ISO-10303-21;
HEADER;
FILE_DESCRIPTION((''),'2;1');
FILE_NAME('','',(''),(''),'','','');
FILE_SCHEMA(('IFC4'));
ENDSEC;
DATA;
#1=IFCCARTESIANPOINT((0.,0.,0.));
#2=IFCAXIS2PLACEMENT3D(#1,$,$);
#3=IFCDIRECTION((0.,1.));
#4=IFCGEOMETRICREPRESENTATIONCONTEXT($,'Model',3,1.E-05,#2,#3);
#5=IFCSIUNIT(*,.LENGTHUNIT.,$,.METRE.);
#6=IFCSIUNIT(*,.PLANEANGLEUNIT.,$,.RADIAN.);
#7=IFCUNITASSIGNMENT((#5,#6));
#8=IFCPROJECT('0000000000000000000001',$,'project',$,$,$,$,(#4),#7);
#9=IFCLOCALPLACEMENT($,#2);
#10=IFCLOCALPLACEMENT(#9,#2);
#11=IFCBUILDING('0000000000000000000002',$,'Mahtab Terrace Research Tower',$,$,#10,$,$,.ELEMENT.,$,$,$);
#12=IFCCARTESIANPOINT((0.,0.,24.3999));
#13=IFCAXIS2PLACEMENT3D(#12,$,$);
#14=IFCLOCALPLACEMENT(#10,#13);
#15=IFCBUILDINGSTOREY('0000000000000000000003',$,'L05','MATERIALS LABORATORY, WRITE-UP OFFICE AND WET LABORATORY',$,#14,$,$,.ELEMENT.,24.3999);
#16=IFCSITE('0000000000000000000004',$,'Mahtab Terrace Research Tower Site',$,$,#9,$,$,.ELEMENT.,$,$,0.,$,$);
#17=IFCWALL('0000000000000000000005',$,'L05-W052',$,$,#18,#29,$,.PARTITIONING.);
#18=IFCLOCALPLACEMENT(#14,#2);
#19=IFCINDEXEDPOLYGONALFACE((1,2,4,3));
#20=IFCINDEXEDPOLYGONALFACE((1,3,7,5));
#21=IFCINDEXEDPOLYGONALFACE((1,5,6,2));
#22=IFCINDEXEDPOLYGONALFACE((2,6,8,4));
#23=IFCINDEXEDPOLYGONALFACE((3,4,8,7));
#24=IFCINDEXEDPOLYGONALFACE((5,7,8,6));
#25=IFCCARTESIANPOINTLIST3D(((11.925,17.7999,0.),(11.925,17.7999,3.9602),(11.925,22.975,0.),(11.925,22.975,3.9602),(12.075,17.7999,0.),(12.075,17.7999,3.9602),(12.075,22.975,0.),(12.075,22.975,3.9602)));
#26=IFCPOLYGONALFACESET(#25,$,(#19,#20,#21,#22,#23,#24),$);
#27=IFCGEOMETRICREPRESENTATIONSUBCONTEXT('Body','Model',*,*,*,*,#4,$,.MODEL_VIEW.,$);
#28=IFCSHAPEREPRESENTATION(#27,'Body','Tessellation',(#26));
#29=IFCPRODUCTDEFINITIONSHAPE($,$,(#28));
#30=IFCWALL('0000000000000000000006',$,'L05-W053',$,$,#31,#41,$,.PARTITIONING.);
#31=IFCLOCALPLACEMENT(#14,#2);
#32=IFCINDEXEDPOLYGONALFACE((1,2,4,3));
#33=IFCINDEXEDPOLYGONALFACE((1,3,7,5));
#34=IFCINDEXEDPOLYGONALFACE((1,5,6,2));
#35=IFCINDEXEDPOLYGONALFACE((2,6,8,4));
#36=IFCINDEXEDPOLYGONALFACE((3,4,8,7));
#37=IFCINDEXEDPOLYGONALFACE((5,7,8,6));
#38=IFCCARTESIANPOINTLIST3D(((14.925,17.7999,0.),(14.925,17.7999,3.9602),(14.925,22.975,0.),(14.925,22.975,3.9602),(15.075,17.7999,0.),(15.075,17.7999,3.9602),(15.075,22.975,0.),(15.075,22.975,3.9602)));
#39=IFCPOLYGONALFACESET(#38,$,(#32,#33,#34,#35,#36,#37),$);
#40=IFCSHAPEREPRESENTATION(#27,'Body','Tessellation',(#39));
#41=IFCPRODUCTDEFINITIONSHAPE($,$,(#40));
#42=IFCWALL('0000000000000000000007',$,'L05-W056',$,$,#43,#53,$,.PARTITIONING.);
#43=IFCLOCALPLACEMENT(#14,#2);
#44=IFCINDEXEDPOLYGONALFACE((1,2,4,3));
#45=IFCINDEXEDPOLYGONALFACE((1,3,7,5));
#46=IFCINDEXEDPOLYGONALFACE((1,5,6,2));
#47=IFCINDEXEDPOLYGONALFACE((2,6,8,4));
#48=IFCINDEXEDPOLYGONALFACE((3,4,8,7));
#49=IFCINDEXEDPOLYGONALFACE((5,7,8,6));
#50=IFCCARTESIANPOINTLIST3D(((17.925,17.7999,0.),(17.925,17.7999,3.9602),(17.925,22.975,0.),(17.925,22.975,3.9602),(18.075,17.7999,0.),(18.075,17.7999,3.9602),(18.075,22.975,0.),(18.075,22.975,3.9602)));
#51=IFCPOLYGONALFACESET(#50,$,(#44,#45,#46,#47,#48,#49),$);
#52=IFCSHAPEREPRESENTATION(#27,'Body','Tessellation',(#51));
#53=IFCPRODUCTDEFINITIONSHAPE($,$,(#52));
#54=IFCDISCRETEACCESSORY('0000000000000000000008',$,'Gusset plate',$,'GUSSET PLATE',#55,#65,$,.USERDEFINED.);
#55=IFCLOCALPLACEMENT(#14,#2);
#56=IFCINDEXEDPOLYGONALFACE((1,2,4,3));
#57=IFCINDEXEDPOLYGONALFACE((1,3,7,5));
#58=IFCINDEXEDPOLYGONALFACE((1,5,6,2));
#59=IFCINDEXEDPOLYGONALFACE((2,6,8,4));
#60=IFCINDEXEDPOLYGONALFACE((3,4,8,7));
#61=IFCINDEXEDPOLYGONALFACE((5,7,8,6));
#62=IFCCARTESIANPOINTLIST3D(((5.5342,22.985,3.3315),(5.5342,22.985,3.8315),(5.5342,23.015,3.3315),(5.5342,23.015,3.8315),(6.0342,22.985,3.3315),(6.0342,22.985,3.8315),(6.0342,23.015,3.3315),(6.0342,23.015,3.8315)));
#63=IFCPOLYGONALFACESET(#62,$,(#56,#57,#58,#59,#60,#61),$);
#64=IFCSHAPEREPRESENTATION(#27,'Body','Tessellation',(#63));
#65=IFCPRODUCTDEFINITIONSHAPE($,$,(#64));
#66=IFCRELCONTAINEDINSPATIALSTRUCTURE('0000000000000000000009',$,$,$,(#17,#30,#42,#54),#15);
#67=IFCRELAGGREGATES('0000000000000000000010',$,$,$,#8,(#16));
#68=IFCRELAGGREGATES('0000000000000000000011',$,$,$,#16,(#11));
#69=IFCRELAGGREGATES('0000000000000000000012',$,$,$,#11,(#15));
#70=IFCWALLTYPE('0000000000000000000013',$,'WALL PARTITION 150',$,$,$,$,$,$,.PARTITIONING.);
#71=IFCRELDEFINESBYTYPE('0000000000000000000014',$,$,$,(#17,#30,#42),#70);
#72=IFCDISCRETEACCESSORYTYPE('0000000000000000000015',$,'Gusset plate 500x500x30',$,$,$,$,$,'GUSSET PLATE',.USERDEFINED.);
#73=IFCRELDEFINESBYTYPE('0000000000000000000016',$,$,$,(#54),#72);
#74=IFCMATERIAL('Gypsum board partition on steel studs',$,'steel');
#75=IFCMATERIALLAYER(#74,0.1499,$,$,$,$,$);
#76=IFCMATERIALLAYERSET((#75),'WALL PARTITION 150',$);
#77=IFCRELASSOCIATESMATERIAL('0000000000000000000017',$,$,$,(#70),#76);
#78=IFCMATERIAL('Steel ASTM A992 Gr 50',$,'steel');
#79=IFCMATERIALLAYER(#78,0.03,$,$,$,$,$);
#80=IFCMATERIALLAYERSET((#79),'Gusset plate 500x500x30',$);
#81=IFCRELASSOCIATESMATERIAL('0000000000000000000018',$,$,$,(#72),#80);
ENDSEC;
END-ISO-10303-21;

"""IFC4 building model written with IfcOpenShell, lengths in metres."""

from ifc_helpers import new_model, si_unit, direction, frame, frame_2d, origin, origin_2d, place, context, subcontext, project, spatial, rectangle, extrude, material, layer, layer_set, type_object, element, save


model = new_model("IFC4")

# Units and contexts
model_context = context("Model", 3, precision=1e-05, world=origin(), true_north=direction((0.0, 1.0)))
body_context = subcontext(model_context, "Body", "Model", "MODEL_VIEW")
ifc_project = project(units=[si_unit("LENGTHUNIT", "METRE"), si_unit("PLANEANGLEUNIT", "RADIAN")], contexts=[model_context])

# Site, building, storey
site_placement = place(None, origin())
site = spatial("IfcSite", under=ifc_project, at=site_placement, Name="Mahtab Terrace Research Tower Site", CompositionType="ELEMENT", RefElevation=0.0)
building_placement = place(site_placement, origin())
building = spatial("IfcBuilding", under=site, at=building_placement, Name="Mahtab Terrace Research Tower", CompositionType="ELEMENT")
storey_placement = place(building_placement, frame((0.0, 0.0, 24.3999)))
storey = spatial("IfcBuildingStorey", under=building, at=storey_placement, Name="L05", Description="MATERIALS LABORATORY, WRITE-UP OFFICE AND WET LABORATORY", CompositionType="ELEMENT", Elevation=24.3999)

# Shared definitions
ifc_material_1 = material(Name="Steel ASTM A992 Gr 50", Category="steel")

# Walls
ifc_material_2 = material(Name="Gypsum board partition on steel studs", Category="steel")
ifc_layer_1 = layer(ifc_material_2, 0.1499)
ifc_layer_set_1 = layer_set([ifc_layer_1], Name="WALL PARTITION 150")
wall_type_1 = type_object("IfcWallType", Name="WALL PARTITION 150", PredefinedType="PARTITIONING", material=ifc_layer_set_1)
for number, where, z_axis, x_axis, name in (
    (1, (12.0, 17.8, 0.0), (0.0, 0.0, 1.0), (0.0, 1.0, 0.0), "L05-W052"),
    (2, (15.0, 17.8, 0.0), (0.0, 0.0, 1.0), (0.0, 1.0, 0.0), "L05-W053"),
    (3, (18.0, 17.8, 0.0), (0.0, 0.0, 1.0), (0.0, 1.0, 0.0), "L05-W056"),
):
    element("IfcWall", number, at=place(storey_placement, frame(where, z_axis=z_axis, x_axis=x_axis)), inside=storey, type_object=wall_type_1, Name=name, PredefinedType="PARTITIONING", context=body_context, shape_type="SweptSolid", body=[
        extrude(rectangle(XDim=5.175, YDim=0.1499, at=frame_2d((2.5874, 0.0))), origin(), (0.0, 0.0, 1.0), 3.9602),
    ])

# Discrete accessory
ifc_layer_2 = layer(ifc_material_1, 0.03)
ifc_layer_set_2 = layer_set([ifc_layer_2], Name="Gusset plate 500x500x30")
discrete_accessory_type = type_object("IfcDiscreteAccessoryType", Name="Gusset plate 500x500x30", ElementType="GUSSET PLATE", PredefinedType="USERDEFINED", material=ifc_layer_set_2)
discrete_accessory_placement = place(storey_placement, frame((5.7842, 23.0, 3.3315), z_axis=(0.0, 0.0, 1.0), x_axis=(1.0, 0.0, 0.0)))
element("IfcDiscreteAccessory", 4, at=discrete_accessory_placement, inside=storey, type_object=discrete_accessory_type, Name="Gusset plate", ObjectType="GUSSET PLATE", PredefinedType="USERDEFINED", context=body_context, shape_type="SweptSolid", body=[
    extrude(rectangle(XDim=0.5, YDim=0.03, at=origin_2d()), origin(), (0.0, 0.0, 1.0), 0.5),
])

save(model, "model.ifc")
